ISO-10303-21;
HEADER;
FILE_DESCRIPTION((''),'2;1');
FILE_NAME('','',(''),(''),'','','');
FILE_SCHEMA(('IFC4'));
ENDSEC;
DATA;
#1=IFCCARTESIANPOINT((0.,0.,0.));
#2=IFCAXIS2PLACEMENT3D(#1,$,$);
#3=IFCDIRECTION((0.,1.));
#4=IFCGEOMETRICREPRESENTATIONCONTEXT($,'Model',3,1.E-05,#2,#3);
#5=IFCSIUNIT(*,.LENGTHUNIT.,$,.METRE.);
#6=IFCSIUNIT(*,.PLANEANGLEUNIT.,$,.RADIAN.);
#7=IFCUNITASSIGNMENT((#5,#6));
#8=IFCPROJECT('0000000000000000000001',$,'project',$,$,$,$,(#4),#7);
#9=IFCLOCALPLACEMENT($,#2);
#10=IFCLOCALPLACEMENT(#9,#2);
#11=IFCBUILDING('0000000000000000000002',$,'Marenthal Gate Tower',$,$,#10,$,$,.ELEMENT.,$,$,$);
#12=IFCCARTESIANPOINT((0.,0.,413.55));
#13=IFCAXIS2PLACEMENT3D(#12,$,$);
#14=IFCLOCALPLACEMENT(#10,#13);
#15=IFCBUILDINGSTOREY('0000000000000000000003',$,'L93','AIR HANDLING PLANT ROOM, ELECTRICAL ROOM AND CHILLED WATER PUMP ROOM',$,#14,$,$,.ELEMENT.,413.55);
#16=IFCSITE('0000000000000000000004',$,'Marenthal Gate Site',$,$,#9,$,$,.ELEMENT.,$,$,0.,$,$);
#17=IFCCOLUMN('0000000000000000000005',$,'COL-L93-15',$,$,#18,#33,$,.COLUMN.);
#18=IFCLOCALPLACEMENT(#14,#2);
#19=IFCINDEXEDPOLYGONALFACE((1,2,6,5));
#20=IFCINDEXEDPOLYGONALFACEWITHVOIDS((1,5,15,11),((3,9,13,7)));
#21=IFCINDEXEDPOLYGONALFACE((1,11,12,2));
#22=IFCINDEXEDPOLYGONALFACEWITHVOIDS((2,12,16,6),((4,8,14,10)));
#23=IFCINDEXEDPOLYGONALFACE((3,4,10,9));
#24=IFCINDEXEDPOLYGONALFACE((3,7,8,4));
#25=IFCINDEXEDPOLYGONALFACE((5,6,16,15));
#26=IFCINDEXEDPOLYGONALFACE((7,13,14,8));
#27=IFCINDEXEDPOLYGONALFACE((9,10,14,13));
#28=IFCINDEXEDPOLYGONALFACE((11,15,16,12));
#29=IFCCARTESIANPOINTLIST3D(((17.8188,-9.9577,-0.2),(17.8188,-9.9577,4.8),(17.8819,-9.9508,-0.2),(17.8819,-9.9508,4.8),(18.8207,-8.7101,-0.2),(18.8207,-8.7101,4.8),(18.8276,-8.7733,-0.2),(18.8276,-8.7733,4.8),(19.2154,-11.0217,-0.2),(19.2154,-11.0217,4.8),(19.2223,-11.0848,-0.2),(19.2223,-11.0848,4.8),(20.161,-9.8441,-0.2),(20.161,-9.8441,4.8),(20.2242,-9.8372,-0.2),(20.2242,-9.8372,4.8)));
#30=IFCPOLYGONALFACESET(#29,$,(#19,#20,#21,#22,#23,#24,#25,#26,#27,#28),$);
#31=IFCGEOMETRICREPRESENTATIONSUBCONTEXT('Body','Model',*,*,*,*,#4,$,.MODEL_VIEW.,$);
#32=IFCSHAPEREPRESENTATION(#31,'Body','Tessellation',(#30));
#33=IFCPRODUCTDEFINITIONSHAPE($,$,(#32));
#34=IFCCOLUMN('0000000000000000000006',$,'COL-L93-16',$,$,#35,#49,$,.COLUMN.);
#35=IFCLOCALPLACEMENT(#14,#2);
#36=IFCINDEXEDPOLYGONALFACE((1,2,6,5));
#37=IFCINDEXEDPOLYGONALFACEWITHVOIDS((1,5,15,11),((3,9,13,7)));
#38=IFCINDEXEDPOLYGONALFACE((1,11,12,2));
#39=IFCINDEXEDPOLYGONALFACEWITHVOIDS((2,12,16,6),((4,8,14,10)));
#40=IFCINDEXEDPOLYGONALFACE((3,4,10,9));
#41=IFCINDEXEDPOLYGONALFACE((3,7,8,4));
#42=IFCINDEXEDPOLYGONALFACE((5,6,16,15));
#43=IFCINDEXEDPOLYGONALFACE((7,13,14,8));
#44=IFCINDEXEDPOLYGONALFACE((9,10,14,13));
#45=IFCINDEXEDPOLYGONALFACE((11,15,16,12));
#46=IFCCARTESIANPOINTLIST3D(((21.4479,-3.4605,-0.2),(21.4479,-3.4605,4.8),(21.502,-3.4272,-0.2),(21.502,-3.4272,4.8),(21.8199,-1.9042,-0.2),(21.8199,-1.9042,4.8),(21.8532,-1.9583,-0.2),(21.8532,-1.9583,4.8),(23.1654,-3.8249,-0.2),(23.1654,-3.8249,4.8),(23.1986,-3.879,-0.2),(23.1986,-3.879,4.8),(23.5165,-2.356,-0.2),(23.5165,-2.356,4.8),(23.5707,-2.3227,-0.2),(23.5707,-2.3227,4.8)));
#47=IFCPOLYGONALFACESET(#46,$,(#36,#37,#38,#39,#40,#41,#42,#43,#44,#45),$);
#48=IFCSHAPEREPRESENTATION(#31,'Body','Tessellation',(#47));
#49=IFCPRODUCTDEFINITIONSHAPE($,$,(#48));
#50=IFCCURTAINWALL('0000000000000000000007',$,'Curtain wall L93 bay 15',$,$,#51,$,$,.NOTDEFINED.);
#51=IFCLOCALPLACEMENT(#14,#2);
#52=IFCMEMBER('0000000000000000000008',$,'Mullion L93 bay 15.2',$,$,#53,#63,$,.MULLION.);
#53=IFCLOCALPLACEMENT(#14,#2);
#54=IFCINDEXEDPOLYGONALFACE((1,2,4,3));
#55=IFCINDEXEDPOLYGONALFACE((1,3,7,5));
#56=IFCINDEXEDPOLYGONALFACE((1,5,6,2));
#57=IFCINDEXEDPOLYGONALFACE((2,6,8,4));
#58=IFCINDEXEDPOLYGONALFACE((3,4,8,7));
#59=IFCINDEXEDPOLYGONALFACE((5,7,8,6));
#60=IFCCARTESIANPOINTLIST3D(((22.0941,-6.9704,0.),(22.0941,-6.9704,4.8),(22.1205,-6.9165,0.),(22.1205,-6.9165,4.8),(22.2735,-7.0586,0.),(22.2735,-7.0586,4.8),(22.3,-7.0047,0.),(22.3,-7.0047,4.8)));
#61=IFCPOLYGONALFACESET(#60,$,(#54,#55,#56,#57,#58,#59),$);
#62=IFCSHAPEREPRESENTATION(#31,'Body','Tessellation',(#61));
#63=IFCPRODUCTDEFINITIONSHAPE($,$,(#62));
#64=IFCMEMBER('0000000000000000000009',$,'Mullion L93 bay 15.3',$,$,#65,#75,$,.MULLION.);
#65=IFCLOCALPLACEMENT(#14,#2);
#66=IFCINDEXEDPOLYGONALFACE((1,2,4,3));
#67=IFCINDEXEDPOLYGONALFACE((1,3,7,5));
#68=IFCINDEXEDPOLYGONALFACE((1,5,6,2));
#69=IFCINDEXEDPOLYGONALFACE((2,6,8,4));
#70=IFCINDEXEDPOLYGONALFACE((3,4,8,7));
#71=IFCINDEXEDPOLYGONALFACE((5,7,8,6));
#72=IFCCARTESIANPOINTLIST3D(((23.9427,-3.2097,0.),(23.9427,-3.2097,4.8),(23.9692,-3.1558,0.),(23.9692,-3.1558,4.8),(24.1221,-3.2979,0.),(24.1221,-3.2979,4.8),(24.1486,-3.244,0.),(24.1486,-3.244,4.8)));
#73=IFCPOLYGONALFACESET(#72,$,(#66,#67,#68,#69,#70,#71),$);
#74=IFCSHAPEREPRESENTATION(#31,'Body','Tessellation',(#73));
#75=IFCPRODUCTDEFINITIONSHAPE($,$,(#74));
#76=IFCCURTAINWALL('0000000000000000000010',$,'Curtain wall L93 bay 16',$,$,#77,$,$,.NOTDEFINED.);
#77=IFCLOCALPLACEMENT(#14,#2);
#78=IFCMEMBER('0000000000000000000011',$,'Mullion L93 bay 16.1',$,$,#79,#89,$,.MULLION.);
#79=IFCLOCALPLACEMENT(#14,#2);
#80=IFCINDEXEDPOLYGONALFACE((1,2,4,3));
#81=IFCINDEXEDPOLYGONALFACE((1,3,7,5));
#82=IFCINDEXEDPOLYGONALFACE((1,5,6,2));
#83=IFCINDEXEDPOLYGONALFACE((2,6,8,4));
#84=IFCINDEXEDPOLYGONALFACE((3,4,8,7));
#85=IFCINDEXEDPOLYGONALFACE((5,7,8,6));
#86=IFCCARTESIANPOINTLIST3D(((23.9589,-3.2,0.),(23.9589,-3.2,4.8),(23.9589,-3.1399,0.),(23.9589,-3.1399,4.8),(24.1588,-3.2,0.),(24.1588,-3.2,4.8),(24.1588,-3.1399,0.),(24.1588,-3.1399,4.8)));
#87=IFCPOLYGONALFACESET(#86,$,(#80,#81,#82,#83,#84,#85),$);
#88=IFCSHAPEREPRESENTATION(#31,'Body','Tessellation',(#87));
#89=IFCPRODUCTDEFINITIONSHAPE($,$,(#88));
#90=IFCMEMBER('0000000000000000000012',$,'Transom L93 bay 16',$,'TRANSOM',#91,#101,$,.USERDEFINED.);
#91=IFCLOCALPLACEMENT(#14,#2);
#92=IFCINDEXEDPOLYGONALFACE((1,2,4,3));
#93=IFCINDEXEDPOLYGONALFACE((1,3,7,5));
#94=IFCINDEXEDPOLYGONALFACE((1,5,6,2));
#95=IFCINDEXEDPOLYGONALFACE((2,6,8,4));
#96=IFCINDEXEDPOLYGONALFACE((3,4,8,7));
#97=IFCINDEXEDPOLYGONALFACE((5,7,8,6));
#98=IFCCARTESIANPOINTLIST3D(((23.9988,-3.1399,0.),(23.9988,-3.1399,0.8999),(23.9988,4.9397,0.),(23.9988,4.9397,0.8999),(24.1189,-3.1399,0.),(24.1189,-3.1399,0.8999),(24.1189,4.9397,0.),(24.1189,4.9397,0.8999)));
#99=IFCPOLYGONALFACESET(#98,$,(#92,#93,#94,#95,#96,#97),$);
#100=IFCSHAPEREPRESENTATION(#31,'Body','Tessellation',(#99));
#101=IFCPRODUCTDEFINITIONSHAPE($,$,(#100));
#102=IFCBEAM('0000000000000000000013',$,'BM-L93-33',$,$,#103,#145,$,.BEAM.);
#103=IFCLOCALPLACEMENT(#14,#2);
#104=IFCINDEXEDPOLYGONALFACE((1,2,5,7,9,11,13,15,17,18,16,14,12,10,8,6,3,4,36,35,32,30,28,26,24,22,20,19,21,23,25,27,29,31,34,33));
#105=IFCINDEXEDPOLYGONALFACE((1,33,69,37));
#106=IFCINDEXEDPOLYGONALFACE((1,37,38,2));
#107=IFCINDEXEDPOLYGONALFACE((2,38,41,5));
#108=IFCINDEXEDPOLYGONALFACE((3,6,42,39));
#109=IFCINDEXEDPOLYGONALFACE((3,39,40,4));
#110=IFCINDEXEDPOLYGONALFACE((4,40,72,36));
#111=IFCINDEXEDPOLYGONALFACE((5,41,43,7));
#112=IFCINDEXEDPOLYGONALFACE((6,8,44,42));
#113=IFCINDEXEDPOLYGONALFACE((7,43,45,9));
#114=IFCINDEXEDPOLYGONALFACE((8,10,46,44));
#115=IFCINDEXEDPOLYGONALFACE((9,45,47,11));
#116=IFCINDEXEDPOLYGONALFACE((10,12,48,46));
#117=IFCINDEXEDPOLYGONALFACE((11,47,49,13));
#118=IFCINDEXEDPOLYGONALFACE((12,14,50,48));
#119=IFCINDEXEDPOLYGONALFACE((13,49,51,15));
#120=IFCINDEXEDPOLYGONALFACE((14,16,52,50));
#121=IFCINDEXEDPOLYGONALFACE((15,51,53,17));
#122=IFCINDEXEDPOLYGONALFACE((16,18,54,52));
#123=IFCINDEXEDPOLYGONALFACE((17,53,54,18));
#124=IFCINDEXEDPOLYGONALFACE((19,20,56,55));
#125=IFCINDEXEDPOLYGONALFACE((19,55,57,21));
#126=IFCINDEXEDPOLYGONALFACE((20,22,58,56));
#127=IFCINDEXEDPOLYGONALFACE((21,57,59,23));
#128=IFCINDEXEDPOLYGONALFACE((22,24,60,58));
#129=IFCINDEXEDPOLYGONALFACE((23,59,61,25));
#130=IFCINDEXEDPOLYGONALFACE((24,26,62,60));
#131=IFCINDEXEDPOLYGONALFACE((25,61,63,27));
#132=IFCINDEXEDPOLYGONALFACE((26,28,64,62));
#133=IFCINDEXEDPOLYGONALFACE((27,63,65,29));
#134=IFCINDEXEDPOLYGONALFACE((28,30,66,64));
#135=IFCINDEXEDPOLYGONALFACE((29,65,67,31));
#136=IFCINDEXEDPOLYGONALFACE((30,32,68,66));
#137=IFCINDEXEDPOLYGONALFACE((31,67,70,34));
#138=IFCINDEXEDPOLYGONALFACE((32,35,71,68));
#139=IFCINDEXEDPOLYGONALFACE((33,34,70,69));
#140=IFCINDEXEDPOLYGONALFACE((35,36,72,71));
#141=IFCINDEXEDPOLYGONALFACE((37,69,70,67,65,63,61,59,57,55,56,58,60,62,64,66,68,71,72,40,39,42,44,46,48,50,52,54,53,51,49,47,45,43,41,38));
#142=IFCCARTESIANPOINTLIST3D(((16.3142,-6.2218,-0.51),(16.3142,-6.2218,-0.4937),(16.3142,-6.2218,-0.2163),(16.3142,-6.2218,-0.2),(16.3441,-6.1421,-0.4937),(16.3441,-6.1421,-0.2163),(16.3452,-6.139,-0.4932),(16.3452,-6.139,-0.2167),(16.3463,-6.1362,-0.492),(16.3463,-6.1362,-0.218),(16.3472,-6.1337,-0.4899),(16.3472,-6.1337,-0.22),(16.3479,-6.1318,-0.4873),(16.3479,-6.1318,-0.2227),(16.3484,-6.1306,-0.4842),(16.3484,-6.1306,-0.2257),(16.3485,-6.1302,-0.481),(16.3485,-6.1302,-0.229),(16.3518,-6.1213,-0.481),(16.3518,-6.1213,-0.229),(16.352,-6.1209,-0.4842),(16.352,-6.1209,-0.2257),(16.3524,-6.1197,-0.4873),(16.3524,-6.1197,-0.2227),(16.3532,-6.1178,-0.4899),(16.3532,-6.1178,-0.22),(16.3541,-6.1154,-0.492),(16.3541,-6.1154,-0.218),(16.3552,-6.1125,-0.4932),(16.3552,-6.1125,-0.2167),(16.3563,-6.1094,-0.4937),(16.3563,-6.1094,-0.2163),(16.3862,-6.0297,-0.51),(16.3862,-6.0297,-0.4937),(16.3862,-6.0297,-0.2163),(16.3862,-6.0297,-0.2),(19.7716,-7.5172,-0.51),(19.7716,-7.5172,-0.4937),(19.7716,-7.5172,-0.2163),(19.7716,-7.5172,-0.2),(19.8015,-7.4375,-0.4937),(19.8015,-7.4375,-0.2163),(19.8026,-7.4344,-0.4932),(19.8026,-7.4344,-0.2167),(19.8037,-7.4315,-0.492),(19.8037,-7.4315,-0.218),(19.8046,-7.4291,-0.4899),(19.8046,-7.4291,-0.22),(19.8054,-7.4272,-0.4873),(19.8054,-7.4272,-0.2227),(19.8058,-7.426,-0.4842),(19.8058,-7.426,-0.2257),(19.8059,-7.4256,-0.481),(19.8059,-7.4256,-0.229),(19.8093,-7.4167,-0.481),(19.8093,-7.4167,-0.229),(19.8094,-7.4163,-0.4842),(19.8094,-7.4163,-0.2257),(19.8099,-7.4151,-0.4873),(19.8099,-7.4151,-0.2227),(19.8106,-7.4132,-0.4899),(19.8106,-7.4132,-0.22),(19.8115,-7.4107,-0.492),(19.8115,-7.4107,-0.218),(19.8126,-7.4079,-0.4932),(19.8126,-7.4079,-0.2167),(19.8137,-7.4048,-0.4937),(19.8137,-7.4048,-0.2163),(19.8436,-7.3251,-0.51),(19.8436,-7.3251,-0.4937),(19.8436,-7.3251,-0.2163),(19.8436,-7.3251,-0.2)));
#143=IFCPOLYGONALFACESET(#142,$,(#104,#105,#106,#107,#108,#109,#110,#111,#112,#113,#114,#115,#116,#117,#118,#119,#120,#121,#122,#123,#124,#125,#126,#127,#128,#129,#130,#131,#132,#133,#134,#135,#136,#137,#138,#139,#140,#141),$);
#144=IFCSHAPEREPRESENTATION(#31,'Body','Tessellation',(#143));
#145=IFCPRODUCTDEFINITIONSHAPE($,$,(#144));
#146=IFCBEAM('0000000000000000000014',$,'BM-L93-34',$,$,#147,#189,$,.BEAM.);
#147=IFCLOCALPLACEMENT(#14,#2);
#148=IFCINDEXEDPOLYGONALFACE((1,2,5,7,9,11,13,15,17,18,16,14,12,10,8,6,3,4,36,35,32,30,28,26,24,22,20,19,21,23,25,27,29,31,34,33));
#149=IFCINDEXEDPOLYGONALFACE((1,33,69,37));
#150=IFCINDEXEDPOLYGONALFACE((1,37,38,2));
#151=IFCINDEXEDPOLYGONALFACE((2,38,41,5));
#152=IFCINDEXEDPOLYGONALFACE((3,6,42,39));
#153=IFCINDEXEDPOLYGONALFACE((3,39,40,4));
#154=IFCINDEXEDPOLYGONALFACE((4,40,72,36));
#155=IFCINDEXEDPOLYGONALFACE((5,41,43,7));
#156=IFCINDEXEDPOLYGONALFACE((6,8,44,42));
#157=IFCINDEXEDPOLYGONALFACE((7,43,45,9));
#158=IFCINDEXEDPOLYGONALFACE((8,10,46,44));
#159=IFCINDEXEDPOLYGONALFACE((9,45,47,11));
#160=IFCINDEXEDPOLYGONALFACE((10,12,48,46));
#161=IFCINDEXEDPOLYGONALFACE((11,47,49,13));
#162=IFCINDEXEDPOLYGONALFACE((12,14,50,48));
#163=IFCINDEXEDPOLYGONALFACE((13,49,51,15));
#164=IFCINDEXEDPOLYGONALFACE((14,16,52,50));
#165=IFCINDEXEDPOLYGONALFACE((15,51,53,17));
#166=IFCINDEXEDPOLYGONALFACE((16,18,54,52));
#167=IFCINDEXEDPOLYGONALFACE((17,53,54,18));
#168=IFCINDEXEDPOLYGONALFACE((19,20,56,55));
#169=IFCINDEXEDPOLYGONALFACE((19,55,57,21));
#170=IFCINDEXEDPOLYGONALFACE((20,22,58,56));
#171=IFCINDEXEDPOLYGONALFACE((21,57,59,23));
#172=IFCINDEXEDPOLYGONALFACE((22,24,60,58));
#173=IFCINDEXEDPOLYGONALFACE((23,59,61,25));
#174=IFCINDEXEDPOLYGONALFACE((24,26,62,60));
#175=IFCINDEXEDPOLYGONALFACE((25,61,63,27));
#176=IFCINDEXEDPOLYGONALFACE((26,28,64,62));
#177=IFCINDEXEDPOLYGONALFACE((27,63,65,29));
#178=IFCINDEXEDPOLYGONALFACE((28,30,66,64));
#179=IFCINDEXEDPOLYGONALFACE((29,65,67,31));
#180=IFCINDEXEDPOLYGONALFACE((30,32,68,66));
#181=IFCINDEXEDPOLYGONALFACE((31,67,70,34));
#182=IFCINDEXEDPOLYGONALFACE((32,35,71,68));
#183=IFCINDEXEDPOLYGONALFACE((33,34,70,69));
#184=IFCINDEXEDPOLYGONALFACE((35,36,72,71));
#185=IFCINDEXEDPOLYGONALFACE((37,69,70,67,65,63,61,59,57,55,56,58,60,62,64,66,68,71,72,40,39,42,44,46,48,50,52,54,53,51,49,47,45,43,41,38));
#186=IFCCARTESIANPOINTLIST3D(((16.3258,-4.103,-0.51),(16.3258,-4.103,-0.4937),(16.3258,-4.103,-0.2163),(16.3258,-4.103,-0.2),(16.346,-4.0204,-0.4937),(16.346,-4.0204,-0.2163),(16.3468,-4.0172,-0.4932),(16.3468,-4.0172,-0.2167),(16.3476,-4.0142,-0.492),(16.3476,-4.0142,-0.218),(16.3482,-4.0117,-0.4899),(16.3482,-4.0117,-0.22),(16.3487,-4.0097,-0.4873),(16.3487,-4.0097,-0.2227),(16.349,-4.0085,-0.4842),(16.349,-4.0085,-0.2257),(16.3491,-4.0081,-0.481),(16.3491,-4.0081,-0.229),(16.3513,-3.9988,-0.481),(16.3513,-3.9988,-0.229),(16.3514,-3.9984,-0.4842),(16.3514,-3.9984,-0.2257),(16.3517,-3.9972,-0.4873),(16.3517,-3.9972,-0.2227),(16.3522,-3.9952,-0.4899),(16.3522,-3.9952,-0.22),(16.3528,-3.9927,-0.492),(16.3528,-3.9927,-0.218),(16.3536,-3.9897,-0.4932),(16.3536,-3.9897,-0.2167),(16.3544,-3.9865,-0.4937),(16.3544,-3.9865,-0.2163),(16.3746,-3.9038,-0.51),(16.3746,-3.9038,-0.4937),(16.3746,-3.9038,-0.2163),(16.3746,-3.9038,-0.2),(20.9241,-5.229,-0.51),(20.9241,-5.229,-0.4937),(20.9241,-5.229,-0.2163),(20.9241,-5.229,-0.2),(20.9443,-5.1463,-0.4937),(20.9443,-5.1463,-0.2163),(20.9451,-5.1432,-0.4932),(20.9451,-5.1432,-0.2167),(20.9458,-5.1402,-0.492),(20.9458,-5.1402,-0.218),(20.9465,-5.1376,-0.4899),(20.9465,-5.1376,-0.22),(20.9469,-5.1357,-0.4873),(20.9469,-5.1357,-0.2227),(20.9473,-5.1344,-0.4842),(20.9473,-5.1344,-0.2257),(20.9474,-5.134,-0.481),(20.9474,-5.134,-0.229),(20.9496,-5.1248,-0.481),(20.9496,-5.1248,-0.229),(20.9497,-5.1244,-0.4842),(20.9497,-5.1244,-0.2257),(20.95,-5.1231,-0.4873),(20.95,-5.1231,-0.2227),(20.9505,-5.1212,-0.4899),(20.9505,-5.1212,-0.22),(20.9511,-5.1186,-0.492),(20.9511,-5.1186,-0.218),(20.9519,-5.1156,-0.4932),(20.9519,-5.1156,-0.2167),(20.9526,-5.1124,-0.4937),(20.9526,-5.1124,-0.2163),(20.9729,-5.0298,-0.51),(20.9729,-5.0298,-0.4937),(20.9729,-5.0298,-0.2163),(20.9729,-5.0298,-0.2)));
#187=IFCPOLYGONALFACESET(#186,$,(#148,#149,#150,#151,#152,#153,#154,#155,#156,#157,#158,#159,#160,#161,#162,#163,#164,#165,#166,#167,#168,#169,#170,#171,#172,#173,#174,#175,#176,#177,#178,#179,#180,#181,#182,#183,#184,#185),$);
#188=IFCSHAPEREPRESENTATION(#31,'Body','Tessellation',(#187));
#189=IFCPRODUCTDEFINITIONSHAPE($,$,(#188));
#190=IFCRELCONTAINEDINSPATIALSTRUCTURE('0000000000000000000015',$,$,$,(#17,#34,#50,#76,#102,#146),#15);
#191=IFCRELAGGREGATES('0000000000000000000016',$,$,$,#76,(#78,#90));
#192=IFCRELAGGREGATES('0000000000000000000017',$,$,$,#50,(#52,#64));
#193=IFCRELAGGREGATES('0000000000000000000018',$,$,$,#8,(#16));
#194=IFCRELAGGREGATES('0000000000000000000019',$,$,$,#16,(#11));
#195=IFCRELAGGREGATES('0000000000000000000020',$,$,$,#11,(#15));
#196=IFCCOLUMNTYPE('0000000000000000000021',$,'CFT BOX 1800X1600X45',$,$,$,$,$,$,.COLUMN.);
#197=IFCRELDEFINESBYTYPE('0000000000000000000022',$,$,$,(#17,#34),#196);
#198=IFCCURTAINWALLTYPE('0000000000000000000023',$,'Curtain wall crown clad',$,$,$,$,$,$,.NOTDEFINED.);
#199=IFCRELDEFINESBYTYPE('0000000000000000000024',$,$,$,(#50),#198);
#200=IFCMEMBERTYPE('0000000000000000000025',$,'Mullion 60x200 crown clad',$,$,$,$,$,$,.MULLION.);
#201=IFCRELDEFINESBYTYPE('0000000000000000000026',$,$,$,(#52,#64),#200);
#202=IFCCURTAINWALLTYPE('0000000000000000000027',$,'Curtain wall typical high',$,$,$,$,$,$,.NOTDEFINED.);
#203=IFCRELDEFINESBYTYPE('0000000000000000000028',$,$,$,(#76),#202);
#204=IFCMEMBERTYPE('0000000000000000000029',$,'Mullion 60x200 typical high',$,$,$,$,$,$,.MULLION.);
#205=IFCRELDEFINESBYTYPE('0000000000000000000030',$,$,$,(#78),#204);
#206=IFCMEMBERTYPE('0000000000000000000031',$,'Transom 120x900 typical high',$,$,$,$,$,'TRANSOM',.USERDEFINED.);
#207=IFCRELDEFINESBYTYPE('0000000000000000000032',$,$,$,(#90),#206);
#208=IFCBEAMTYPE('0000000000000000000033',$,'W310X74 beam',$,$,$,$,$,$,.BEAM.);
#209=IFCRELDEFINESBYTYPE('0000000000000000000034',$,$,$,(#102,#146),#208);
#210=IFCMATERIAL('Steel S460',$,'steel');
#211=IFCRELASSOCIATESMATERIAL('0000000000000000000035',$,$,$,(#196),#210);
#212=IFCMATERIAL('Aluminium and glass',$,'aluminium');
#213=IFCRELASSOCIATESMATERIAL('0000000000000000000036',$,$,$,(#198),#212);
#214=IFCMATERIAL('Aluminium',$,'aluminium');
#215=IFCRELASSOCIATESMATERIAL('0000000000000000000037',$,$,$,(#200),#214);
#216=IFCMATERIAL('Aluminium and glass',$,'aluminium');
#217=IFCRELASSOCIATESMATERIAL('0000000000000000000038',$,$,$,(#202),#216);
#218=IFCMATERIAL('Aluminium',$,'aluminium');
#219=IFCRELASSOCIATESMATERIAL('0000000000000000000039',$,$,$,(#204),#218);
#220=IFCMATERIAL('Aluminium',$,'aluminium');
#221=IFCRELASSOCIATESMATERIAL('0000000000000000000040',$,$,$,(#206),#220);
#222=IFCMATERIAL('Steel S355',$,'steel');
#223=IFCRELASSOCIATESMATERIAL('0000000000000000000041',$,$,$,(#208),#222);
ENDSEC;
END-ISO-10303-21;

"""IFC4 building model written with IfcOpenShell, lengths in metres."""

from ifc_helpers import new_model, si_unit, direction, frame, origin, origin_2d, place, context, subcontext, project, spatial, rectangle, hollow_rectangle, i_section, extrude, material, material_profile, profile_set, type_object, element, aggregate, save


model = new_model("IFC4")

# Units and contexts
model_context = context("Model", 3, precision=1e-05, world=origin(), true_north=direction((0.0, 1.0)))
body_context = subcontext(model_context, "Body", "Model", "MODEL_VIEW")
ifc_project = project(units=[si_unit("LENGTHUNIT", "METRE"), si_unit("PLANEANGLEUNIT", "RADIAN")], contexts=[model_context])

# Site, building, storey
site_placement = place(None, origin())
site = spatial("IfcSite", under=ifc_project, at=site_placement, Name="Marenthal Gate Site", CompositionType="ELEMENT", RefElevation=0.0)
building_placement = place(site_placement, origin())
building = spatial("IfcBuilding", under=site, at=building_placement, Name="Marenthal Gate Tower", CompositionType="ELEMENT")
storey_placement = place(building_placement, frame((0.0, 0.0, 413.55)))
storey = spatial("IfcBuildingStorey", under=building, at=storey_placement, Name="L93", Description="AIR HANDLING PLANT ROOM, ELECTRICAL ROOM AND CHILLED WATER PUMP ROOM", CompositionType="ELEMENT", Elevation=413.55)

# Columns
ifc_material_1 = material(Name="Steel S460", Category="steel")
ifc_material_profile_1 = material_profile(ifc_material_1, hollow_rectangle(XDim=1.6001, YDim=1.8, WallThickness=0.0449, at=origin_2d()), Name="CFT BOX 1800X1600X45")
ifc_material_2 = material(Name="Concrete 70 MPa", Category="concrete")
ifc_material_profile_2 = material_profile(ifc_material_2, rectangle(XDim=1.51, YDim=1.71, at=origin_2d()), Name="CFT BOX 1800X1600X45 INFILL")
ifc_profile_set_1 = profile_set([ifc_material_profile_1, ifc_material_profile_2], Name="Steel S460 shell, Concrete 70 MPa infill")
column_type = type_object("IfcColumnType", Name="CFT BOX 1800X1600X45", PredefinedType="COLUMN", material=ifc_profile_set_1)
for number, where, z_axis, x_axis, name in (
    (1, (19.0215, -9.8975, -0.2), (0.0, 0.0, 1.0), (-0.626145, -0.779706, 0.0), "COL-L93-15"),
    (2, (22.5093, -2.8916, -0.2), (0.0, 0.0, 1.0), (-0.232512, -0.972594, 0.0), "COL-L93-16"),
):
    element("IfcColumn", number, at=place(storey_placement, frame(where, z_axis=z_axis, x_axis=x_axis)), inside=storey, type_object=column_type, Name=name, PredefinedType="COLUMN", context=body_context, shape_type="SweptSolid", body=[
        extrude(hollow_rectangle(XDim=1.6001, YDim=1.8, WallThickness=0.0449, at=origin_2d()), origin(), (0.0, 0.0, 1.0), 5.0),
    ])

# Curtain walls, members
ifc_material_3 = material(Name="Aluminium and glass", Category="aluminium")
curtain_wall_type_1 = type_object("IfcCurtainWallType", Name="Curtain wall crown clad", PredefinedType="NOTDEFINED", material=ifc_material_3)
curtain_wall_1_placement = place(storey_placement, origin())
curtain_wall_1 = element("IfcCurtainWall", 3, at=curtain_wall_1_placement, inside=storey, type_object=curtain_wall_type_1, Name="Curtain wall L93 bay 15", PredefinedType="NOTDEFINED")
ifc_material_4 = material(Name="Aluminium", Category="aluminium")
ifc_material_profile_3 = material_profile(ifc_material_4, rectangle(XDim=0.2, YDim=0.0601, at=origin_2d()), Name="60x200 aluminium mullion")
ifc_profile_set_2 = profile_set([ifc_material_profile_3], Name="Aluminium")
member_type_1 = type_object("IfcMemberType", Name="Mullion 60x200 crown clad", PredefinedType="MULLION", material=ifc_profile_set_2)
member_1_placement = place(storey_placement, frame((22.197, -6.9875, 0.0), z_axis=(0.0, 0.0, 1.0), x_axis=(-0.897446, 0.441124, 0.0)))
member_1 = element("IfcMember", 4, at=member_1_placement, type_object=member_type_1, Name="Mullion L93 bay 15.2", PredefinedType="MULLION", context=body_context, shape_type="SweptSolid", body=[
    extrude(rectangle(XDim=0.2, YDim=0.0601, at=origin_2d()), origin(), (0.0, 0.0, 1.0), 4.8),
])
member_2_placement = place(storey_placement, frame((24.0457, -3.2268, 0.0), z_axis=(0.0, 0.0, 1.0), x_axis=(-0.897446, 0.441124, 0.0)))
member_2 = element("IfcMember", 5, at=member_2_placement, type_object=member_type_1, Name="Mullion L93 bay 15.3", PredefinedType="MULLION", context=body_context, shape_type="SweptSolid", body=[
    extrude(rectangle(XDim=0.2, YDim=0.0601, at=origin_2d()), origin(), (0.0, 0.0, 1.0), 4.8),
])
ifc_material_5 = material(Name="Aluminium and glass", Category="aluminium")
curtain_wall_type_2 = type_object("IfcCurtainWallType", Name="Curtain wall typical high", PredefinedType="NOTDEFINED", material=ifc_material_5)
curtain_wall_2_placement = place(storey_placement, origin())
curtain_wall_2 = element("IfcCurtainWall", 6, at=curtain_wall_2_placement, inside=storey, type_object=curtain_wall_type_2, Name="Curtain wall L93 bay 16", PredefinedType="NOTDEFINED")
ifc_material_6 = material(Name="Aluminium", Category="aluminium")
ifc_material_profile_4 = material_profile(ifc_material_6, rectangle(XDim=0.2, YDim=0.0601, at=origin_2d()), Name="60x200 aluminium mullion")
ifc_profile_set_3 = profile_set([ifc_material_profile_4], Name="Aluminium")
member_type_2 = type_object("IfcMemberType", Name="Mullion 60x200 typical high", PredefinedType="MULLION", material=ifc_profile_set_3)
member_3_placement = place(storey_placement, frame((24.0588, -3.1699, 0.0), z_axis=(0.0, 0.0, 1.0), x_axis=(-1.0, 0.0, 0.0)))
member_3 = element("IfcMember", 7, at=member_3_placement, type_object=member_type_2, Name="Mullion L93 bay 16.1", PredefinedType="MULLION", context=body_context, shape_type="SweptSolid", body=[
    extrude(rectangle(XDim=0.2, YDim=0.0601, at=origin_2d()), origin(), (0.0, 0.0, 1.0), 4.8),
])
ifc_material_7 = material(Name="Aluminium", Category="aluminium")
ifc_material_profile_5 = material_profile(ifc_material_7, rectangle(XDim=0.1201, YDim=0.8999, at=origin_2d()), Name="120x900 aluminium transom")
ifc_profile_set_4 = profile_set([ifc_material_profile_5], Name="Aluminium")
member_type_3 = type_object("IfcMemberType", Name="Transom 120x900 typical high", ElementType="TRANSOM", PredefinedType="USERDEFINED", material=ifc_profile_set_4)
member_4_placement = place(storey_placement, frame((24.0588, -3.1399, 0.45), z_axis=(0.0, 1.0, 0.0), x_axis=(-1.0, 0.0, 0.0)))
member_4 = element("IfcMember", 8, at=member_4_placement, type_object=member_type_3, Name="Transom L93 bay 16", ObjectType="TRANSOM", PredefinedType="USERDEFINED", context=body_context, shape_type="SweptSolid", body=[
    extrude(rectangle(XDim=0.1201, YDim=0.8999, at=origin_2d()), origin(), (0.0, 0.0, 1.0), 8.0796),
])

# Beams
ifc_material_8 = material(Name="Steel S355", Category="steel")
ifc_material_profile_6 = material_profile(ifc_material_8, i_section(OverallWidth=0.2051, OverallDepth=0.3101, WebThickness=0.0095, FlangeThickness=0.0164, FilletRadius=0.0127, at=origin_2d()), Name="W310X74")
ifc_profile_set_5 = profile_set([ifc_material_profile_6], Name="Steel S355")
beam_type_1 = type_object("IfcBeamType", Name="W310X74 beam", PredefinedType="BEAM", material=ifc_profile_set_5)
beam_1_placement = place(storey_placement, frame((19.8076, -7.4211, -0.355), z_axis=(-0.936432, 0.350848, 0.0), x_axis=(-0.350848, -0.936432, 0.0)))
element("IfcBeam", 9, at=beam_1_placement, inside=storey, type_object=beam_type_1, Name="BM-L93-33", PredefinedType="BEAM", context=body_context, shape_type="SweptSolid", body=[
    extrude(i_section(OverallWidth=0.2051, OverallDepth=0.3101, WebThickness=0.0095, FlangeThickness=0.0164, FilletRadius=0.0127, at=origin_2d()), origin(), (0.0, 0.0, 1.0), 3.6921),
])
beam_2_placement = place(storey_placement, frame((20.9485, -5.1294, -0.355), z_axis=(-0.971305, 0.237837, 0.0), x_axis=(-0.237837, -0.971305, 0.0)))
element("IfcBeam", 10, at=beam_2_placement, inside=storey, type_object=beam_type_1, Name="BM-L93-34", PredefinedType="BEAM", context=body_context, shape_type="SweptSolid", body=[
    extrude(i_section(OverallWidth=0.2051, OverallDepth=0.3101, WebThickness=0.0095, FlangeThickness=0.0164, FilletRadius=0.0127, at=origin_2d()), origin(), (0.0, 0.0, 1.0), 4.7341),
])

aggregate(curtain_wall_2, [member_3, member_4])
aggregate(curtain_wall_1, [member_1, member_2])

save(model, "model.ifc")
